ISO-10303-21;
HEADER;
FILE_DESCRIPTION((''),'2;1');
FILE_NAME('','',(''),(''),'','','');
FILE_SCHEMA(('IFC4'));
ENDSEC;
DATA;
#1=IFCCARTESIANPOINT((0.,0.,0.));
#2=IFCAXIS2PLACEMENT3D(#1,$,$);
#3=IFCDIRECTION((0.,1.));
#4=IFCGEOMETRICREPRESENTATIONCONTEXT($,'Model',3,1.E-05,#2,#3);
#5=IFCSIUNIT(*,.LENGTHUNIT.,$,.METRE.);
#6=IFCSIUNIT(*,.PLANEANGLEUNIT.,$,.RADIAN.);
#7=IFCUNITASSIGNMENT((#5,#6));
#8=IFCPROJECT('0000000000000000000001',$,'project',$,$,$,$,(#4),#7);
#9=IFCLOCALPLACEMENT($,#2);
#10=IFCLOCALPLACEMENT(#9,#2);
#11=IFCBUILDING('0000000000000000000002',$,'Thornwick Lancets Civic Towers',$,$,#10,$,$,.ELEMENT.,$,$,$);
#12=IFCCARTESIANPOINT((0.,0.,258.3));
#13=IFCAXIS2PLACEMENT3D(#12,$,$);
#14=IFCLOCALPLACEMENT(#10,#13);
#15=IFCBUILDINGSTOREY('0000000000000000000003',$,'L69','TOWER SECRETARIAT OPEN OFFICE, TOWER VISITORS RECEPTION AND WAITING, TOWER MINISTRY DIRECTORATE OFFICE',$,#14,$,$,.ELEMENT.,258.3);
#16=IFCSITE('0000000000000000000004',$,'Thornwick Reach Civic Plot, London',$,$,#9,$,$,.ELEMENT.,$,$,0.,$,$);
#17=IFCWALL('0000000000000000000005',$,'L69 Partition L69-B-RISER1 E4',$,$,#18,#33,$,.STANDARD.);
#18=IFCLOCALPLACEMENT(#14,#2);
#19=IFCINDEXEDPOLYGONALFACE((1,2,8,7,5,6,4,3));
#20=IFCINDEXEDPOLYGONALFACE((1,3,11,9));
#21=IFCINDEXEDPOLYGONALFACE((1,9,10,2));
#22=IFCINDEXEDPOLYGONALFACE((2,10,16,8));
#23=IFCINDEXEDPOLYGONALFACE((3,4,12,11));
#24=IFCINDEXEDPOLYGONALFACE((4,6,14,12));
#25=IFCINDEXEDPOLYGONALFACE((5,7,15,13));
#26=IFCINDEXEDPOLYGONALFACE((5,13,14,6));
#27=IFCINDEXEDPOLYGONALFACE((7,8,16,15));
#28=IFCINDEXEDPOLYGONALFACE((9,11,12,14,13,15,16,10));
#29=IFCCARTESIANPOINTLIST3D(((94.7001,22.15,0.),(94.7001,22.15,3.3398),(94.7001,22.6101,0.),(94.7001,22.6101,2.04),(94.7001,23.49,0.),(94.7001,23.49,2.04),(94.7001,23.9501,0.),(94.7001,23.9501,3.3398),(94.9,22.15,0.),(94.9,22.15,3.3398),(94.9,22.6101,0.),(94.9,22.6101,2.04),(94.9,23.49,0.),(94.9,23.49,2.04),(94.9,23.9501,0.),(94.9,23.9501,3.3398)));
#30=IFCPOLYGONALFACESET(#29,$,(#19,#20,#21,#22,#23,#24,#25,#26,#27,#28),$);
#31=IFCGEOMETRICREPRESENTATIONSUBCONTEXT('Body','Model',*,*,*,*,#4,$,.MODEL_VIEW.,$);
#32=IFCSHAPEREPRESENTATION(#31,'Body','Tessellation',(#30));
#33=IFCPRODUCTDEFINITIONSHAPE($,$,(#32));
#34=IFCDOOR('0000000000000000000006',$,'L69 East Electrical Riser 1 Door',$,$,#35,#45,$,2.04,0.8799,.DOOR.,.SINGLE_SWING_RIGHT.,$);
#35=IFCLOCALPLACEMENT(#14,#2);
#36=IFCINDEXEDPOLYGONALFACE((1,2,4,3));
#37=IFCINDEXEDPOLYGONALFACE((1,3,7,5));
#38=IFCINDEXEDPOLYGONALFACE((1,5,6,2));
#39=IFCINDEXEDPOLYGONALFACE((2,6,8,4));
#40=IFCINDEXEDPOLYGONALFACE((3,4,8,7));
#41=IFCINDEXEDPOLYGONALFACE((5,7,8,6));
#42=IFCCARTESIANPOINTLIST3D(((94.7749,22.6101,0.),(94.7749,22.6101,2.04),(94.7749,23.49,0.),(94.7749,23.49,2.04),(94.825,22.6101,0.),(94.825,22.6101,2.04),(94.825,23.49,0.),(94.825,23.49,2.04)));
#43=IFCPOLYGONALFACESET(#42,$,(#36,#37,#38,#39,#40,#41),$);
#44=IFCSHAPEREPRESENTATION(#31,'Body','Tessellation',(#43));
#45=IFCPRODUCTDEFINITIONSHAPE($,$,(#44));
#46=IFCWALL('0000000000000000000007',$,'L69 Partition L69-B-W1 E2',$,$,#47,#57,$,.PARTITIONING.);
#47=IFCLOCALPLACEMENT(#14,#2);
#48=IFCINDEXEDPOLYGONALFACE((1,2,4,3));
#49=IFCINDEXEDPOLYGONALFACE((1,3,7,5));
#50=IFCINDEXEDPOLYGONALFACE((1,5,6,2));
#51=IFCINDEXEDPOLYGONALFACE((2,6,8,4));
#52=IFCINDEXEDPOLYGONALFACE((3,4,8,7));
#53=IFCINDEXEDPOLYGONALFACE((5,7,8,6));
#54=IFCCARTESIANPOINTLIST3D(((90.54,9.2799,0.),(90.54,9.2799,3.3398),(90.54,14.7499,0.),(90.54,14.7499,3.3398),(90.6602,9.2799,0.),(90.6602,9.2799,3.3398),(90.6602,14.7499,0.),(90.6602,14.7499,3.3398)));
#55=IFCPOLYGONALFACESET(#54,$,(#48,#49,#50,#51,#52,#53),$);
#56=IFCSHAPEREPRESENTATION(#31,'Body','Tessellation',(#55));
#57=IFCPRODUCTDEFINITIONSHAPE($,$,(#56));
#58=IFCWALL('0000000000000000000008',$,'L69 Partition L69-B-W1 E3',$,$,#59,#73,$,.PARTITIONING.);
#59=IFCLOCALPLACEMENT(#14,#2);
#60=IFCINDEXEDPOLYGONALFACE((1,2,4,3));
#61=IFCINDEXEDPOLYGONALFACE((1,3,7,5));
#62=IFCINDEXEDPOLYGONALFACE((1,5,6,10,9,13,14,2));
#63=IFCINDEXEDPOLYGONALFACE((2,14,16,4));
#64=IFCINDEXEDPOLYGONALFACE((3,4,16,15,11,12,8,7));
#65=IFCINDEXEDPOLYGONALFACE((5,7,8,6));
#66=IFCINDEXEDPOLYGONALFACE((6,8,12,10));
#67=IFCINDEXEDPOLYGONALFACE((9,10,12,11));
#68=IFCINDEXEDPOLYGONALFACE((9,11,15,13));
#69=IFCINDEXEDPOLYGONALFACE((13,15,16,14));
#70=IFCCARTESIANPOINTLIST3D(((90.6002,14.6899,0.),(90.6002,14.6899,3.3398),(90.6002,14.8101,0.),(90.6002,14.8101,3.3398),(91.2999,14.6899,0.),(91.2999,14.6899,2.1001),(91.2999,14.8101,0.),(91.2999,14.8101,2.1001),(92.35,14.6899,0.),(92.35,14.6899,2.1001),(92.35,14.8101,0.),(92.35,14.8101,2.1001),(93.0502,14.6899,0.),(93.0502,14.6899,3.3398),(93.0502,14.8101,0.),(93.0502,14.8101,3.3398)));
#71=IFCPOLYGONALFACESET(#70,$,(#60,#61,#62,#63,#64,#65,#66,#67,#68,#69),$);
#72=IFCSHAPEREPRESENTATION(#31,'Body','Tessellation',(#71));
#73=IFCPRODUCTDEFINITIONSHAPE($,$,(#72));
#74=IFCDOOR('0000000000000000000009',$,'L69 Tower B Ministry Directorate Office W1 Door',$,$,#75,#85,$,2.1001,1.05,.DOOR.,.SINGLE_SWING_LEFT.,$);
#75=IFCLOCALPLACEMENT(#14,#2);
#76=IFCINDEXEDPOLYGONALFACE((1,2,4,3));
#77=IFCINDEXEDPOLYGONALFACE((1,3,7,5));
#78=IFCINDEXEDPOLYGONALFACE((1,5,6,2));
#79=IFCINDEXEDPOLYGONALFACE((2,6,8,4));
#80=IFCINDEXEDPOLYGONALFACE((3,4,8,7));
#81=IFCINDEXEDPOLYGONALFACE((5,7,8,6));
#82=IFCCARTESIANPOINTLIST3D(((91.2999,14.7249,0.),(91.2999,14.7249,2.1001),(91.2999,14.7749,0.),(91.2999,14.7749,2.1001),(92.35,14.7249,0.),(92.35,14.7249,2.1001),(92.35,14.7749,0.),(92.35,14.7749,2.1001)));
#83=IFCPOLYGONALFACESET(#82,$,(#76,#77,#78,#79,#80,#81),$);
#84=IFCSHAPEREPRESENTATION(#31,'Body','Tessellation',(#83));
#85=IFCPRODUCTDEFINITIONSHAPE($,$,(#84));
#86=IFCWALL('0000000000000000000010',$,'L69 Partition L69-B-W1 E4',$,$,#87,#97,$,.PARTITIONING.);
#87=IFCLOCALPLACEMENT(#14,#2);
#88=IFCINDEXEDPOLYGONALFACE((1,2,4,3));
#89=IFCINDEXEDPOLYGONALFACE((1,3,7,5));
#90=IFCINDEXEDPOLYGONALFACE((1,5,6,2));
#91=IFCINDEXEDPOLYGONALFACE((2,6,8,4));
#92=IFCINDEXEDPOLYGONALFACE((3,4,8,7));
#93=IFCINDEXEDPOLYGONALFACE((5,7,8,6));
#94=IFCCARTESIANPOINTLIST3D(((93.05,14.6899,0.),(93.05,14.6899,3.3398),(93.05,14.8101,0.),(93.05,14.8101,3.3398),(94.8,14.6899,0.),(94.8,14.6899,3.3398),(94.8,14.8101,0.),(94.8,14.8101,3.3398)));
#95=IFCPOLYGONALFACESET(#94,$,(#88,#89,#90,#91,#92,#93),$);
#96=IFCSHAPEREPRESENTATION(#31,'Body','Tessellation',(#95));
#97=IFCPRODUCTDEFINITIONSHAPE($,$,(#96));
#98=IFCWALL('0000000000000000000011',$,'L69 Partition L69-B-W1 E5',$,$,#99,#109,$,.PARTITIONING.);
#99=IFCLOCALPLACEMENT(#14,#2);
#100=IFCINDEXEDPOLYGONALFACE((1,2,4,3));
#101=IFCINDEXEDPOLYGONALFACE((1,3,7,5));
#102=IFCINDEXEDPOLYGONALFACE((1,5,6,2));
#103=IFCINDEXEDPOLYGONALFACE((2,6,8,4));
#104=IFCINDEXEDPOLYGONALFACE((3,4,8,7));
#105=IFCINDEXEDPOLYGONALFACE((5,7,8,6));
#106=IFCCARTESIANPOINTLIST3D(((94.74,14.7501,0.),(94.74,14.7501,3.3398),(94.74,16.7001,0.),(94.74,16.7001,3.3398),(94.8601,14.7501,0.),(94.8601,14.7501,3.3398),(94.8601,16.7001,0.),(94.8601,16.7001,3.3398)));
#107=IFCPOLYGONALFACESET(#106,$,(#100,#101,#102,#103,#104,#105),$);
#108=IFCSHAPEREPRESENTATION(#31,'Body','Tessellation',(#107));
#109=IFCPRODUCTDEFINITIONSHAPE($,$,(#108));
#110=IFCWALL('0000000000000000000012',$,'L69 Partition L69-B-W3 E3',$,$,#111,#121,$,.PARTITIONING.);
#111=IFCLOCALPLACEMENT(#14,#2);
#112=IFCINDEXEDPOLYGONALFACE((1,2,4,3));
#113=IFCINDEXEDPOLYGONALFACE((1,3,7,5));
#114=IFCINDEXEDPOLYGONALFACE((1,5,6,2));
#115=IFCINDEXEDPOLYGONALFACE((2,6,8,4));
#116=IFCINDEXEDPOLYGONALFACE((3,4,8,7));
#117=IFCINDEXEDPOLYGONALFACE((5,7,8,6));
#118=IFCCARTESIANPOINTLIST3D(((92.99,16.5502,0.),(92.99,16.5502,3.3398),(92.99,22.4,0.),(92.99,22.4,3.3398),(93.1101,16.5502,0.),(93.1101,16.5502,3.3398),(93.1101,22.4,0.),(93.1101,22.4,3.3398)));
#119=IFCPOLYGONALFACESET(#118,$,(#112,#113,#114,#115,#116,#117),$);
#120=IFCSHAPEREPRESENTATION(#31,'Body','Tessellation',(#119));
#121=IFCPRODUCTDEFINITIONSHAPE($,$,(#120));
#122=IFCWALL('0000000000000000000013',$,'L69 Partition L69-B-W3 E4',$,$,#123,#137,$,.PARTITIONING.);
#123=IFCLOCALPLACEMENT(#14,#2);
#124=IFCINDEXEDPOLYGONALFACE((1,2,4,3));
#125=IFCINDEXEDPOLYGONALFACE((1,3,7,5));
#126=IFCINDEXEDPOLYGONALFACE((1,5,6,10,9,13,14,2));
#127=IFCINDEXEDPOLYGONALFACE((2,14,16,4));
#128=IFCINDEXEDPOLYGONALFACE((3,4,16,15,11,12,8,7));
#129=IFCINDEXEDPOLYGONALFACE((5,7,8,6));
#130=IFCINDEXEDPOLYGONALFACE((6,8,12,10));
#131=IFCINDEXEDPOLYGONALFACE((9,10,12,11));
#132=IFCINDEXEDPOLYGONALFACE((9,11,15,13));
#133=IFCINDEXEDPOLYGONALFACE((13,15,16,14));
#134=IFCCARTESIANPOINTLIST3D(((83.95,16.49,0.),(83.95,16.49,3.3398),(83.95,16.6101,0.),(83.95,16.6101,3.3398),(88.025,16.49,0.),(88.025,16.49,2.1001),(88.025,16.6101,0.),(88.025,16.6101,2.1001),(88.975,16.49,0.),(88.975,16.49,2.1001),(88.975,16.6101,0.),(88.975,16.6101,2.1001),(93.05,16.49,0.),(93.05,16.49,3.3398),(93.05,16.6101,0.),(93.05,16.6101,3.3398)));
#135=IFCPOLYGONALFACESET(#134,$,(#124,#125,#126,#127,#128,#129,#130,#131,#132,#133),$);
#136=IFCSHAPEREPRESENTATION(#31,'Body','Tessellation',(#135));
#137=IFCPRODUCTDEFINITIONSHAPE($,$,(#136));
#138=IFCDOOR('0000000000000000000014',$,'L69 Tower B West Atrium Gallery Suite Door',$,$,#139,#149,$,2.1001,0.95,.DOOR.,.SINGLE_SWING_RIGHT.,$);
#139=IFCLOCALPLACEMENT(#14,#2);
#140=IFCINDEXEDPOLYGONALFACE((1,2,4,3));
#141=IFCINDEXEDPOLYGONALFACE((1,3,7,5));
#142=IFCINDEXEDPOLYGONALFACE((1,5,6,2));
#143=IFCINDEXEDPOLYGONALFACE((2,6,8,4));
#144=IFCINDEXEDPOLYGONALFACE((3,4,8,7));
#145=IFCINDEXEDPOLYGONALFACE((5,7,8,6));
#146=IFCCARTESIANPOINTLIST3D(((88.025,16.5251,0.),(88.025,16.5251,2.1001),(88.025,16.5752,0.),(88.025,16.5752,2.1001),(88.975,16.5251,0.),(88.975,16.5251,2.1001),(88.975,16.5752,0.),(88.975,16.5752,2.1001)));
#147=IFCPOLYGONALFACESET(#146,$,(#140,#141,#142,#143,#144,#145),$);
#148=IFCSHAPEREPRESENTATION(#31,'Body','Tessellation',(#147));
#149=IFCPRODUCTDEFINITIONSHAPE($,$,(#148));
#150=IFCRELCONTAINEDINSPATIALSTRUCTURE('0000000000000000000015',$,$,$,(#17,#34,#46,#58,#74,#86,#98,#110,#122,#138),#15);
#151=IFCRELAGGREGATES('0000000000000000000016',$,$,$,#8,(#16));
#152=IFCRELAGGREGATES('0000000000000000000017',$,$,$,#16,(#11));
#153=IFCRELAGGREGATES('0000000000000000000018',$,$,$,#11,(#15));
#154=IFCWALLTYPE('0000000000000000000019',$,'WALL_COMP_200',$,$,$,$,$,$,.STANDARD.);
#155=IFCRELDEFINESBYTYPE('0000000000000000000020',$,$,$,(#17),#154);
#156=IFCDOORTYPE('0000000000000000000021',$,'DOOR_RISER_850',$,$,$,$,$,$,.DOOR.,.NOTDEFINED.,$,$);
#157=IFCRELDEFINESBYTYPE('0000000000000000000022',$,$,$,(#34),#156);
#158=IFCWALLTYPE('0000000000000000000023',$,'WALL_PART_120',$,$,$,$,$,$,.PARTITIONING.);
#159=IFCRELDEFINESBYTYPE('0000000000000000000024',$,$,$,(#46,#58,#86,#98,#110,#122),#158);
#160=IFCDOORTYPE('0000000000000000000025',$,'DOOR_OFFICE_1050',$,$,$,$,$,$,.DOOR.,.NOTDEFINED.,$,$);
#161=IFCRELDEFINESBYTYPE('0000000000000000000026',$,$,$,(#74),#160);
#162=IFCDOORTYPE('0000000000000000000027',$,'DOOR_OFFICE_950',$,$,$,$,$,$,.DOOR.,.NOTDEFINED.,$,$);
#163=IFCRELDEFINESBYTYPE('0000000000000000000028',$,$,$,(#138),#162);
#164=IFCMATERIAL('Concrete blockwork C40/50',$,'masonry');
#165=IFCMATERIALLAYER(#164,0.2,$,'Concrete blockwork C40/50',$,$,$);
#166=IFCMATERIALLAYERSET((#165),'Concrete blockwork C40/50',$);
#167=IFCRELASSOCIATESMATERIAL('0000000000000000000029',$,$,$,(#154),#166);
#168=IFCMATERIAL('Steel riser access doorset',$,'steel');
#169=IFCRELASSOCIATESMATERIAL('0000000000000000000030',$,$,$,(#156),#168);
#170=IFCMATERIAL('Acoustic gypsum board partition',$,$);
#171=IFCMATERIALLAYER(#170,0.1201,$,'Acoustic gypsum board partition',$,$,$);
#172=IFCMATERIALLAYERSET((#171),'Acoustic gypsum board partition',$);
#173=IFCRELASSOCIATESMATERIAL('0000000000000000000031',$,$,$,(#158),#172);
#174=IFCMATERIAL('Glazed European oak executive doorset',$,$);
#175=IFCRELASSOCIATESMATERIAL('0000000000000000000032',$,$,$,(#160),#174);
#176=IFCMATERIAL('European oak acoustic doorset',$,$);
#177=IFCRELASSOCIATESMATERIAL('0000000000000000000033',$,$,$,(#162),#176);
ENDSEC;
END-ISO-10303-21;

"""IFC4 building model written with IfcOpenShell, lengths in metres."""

from ifc_helpers import new_model, si_unit, direction, frame, frame_2d, origin, place, context, subcontext, project, spatial, rectangle, extrude, material, layer, layer_set, type_object, element, fill, save


model = new_model("IFC4")

# Units and contexts
model_context = context("Model", 3, precision=1e-05, world=origin(), true_north=direction((0.0, 1.0)))
body_context = subcontext(model_context, "Body", "Model", "MODEL_VIEW")
ifc_project = project(units=[si_unit("LENGTHUNIT", "METRE"), si_unit("PLANEANGLEUNIT", "RADIAN")], contexts=[model_context])

# Site, building, storey
site_placement = place(None, origin())
site = spatial("IfcSite", under=ifc_project, at=site_placement, Name="Thornwick Reach Civic Plot, London", CompositionType="ELEMENT", RefElevation=0.0)
building_placement = place(site_placement, origin())
building = spatial("IfcBuilding", under=site, at=building_placement, Name="Thornwick Lancets Civic Towers", CompositionType="ELEMENT")
storey_placement = place(building_placement, frame((0.0, 0.0, 258.3)))
storey = spatial("IfcBuildingStorey", under=building, at=storey_placement, Name="L69", Description="TOWER SECRETARIAT OPEN OFFICE, TOWER VISITORS RECEPTION AND WAITING, TOWER MINISTRY DIRECTORATE OFFICE", CompositionType="ELEMENT", Elevation=258.3)

# Shared definitions
ifc_material_1 = material(Name="Concrete blockwork C40/50", Category="masonry")
ifc_layer_1 = layer(ifc_material_1, 0.2, Name="Concrete blockwork C40/50")
ifc_layer_set_1 = layer_set([ifc_layer_1], Name="Concrete blockwork C40/50")
wall_type_1 = type_object("IfcWallType", Name="WALL_COMP_200", PredefinedType="STANDARD", material=ifc_layer_set_1)

# Wall, opening, door
wall_1_placement = place(storey_placement, frame((94.8, 23.95, 0.0), z_axis=(0.0, 0.0, 1.0), x_axis=(0.0, -1.0, 0.0)))
wall_1 = element("IfcWall", 1, at=wall_1_placement, inside=storey, type_object=wall_type_1, Name="L69 Partition L69-B-RISER1 E4", PredefinedType="STANDARD", context=body_context, shape_type="SweptSolid", body=[
    extrude(rectangle(XDim=1.8, YDim=0.2, at=frame_2d((0.8999, 0.0))), origin(), (0.0, 0.0, 1.0), 3.3398),
])
opening_1_placement = place(wall_1_placement, frame((0.46, 0.0, 0.0)))
opening_1 = element("IfcOpeningElement", 2, at=opening_1_placement, cuts=wall_1, PredefinedType="OPENING", context=body_context, shape_type="SweptSolid", body=[
    extrude(rectangle(XDim=0.8799, YDim=2.04, at=frame_2d((0.4399, 1.02))), frame((0.0, 0.1099, 0.0), z_axis=(0.0, -1.0, 0.0), x_axis=(1.0, 0.0, 0.0)), (0.0, 0.0, 1.0), 0.22),
])
ifc_material_2 = material(Name="Steel riser access doorset", Category="steel")
door_type_1 = type_object("IfcDoorType", Name="DOOR_RISER_850", OperationType="NOTDEFINED", PredefinedType="DOOR", material=ifc_material_2)
door_1_placement = place(opening_1_placement, origin())
door_1 = element("IfcDoor", 3, at=door_1_placement, inside=storey, type_object=door_type_1, Name="L69 East Electrical Riser 1 Door", OperationType="SINGLE_SWING_RIGHT", OverallHeight=2.04, OverallWidth=0.8799, PredefinedType="DOOR", context=body_context, shape_type="SweptSolid", body=[
    extrude(rectangle(XDim=0.8799, YDim=2.04, at=frame_2d((0.4399, 1.02))), frame((0.0, 0.0249, 0.0), z_axis=(0.0, -1.0, 0.0), x_axis=(1.0, 0.0, 0.0)), (0.0, 0.0, 1.0), 0.05),
])
fill(opening_1, door_1)

# Wall
ifc_material_3 = material(Name="Acoustic gypsum board partition")
ifc_layer_2 = layer(ifc_material_3, 0.1201, Name="Acoustic gypsum board partition")
ifc_layer_set_2 = layer_set([ifc_layer_2], Name="Acoustic gypsum board partition")
wall_type_2 = type_object("IfcWallType", Name="WALL_PART_120", PredefinedType="PARTITIONING", material=ifc_layer_set_2)
wall_2_placement = place(storey_placement, frame((90.6001, 9.28, 0.0), z_axis=(0.0, 0.0, 1.0), x_axis=(0.0, 1.0, 0.0)))
element("IfcWall", 4, at=wall_2_placement, inside=storey, type_object=wall_type_2, Name="L69 Partition L69-B-W1 E2", PredefinedType="PARTITIONING", context=body_context, shape_type="SweptSolid", body=[
    extrude(rectangle(XDim=5.47, YDim=0.1201, at=frame_2d((2.7349, 0.0))), origin(), (0.0, 0.0, 1.0), 3.3398),
])

# Wall, opening, door
wall_3_placement = place(storey_placement, frame((90.6001, 14.75, 0.0), z_axis=(0.0, 0.0, 1.0), x_axis=(1.0, 0.0, 0.0)))
wall_3 = element("IfcWall", 5, at=wall_3_placement, inside=storey, type_object=wall_type_2, Name="L69 Partition L69-B-W1 E3", PredefinedType="PARTITIONING", context=body_context, shape_type="SweptSolid", body=[
    extrude(rectangle(XDim=2.45, YDim=0.1201, at=frame_2d((1.2251, 0.0))), origin(), (0.0, 0.0, 1.0), 3.3398),
])
opening_2_placement = place(wall_3_placement, frame((0.7, 0.0, 0.0)))
opening_2 = element("IfcOpeningElement", 6, at=opening_2_placement, cuts=wall_3, PredefinedType="OPENING", context=body_context, shape_type="SweptSolid", body=[
    extrude(rectangle(XDim=1.05, YDim=2.1001, at=frame_2d((0.5249, 1.05))), frame((0.0, 0.0701, 0.0), z_axis=(0.0, -1.0, 0.0), x_axis=(1.0, 0.0, 0.0)), (0.0, 0.0, 1.0), 0.1401),
])
ifc_material_4 = material(Name="Glazed European oak executive doorset")
door_type_2 = type_object("IfcDoorType", Name="DOOR_OFFICE_1050", OperationType="NOTDEFINED", PredefinedType="DOOR", material=ifc_material_4)
door_2_placement = place(opening_2_placement, origin())
door_2 = element("IfcDoor", 7, at=door_2_placement, inside=storey, type_object=door_type_2, Name="L69 Tower B Ministry Directorate Office W1 Door", OperationType="SINGLE_SWING_LEFT", OverallHeight=2.1001, OverallWidth=1.05, PredefinedType="DOOR", context=body_context, shape_type="SweptSolid", body=[
    extrude(rectangle(XDim=1.05, YDim=2.1001, at=frame_2d((0.5249, 1.05))), frame((0.0, 0.0249, 0.0), z_axis=(0.0, -1.0, 0.0), x_axis=(1.0, 0.0, 0.0)), (0.0, 0.0, 1.0), 0.05),
])
fill(opening_2, door_2)

# Walls
wall_4_placement = place(storey_placement, frame((93.05, 14.75, 0.0), z_axis=(0.0, 0.0, 1.0), x_axis=(1.0, 0.0, 0.0)))
element("IfcWall", 8, at=wall_4_placement, inside=storey, type_object=wall_type_2, Name="L69 Partition L69-B-W1 E4", PredefinedType="PARTITIONING", context=body_context, shape_type="SweptSolid", body=[
    extrude(rectangle(XDim=1.75, YDim=0.1201, at=frame_2d((0.875, 0.0))), origin(), (0.0, 0.0, 1.0), 3.3398),
])
wall_5_placement = place(storey_placement, frame((94.8, 14.75, 0.0), z_axis=(0.0, 0.0, 1.0), x_axis=(0.0, 1.0, 0.0)))
element("IfcWall", 9, at=wall_5_placement, inside=storey, type_object=wall_type_2, Name="L69 Partition L69-B-W1 E5", PredefinedType="PARTITIONING", context=body_context, shape_type="SweptSolid", body=[
    extrude(rectangle(XDim=1.95, YDim=0.1201, at=frame_2d((0.9751, 0.0))), origin(), (0.0, 0.0, 1.0), 3.3398),
])
wall_6_placement = place(storey_placement, frame((93.05, 22.3999, 0.0), z_axis=(0.0, 0.0, 1.0), x_axis=(0.0, -1.0, 0.0)))
element("IfcWall", 10, at=wall_6_placement, inside=storey, type_object=wall_type_2, Name="L69 Partition L69-B-W3 E3", PredefinedType="PARTITIONING", context=body_context, shape_type="SweptSolid", body=[
    extrude(rectangle(XDim=5.8499, YDim=0.1201, at=frame_2d((2.9248, 0.0))), origin(), (0.0, 0.0, 1.0), 3.3398),
])

# Wall, opening, door
wall_7_placement = place(storey_placement, frame((93.05, 16.55, 0.0), z_axis=(0.0, 0.0, 1.0), x_axis=(-1.0, 0.0, 0.0)))
wall_7 = element("IfcWall", 11, at=wall_7_placement, inside=storey, type_object=wall_type_2, Name="L69 Partition L69-B-W3 E4", PredefinedType="PARTITIONING", context=body_context, shape_type="SweptSolid", body=[
    extrude(rectangle(XDim=9.1001, YDim=0.1201, at=frame_2d((4.55, 0.0))), origin(), (0.0, 0.0, 1.0), 3.3398),
])
opening_3_placement = place(wall_7_placement, frame((4.075, 0.0, 0.0)))
opening_3 = element("IfcOpeningElement", 12, at=opening_3_placement, cuts=wall_7, PredefinedType="OPENING", context=body_context, shape_type="SweptSolid", body=[
    extrude(rectangle(XDim=0.95, YDim=2.1001, at=frame_2d((0.4751, 1.05))), frame((0.0, 0.0701, 0.0), z_axis=(0.0, -1.0, 0.0), x_axis=(1.0, 0.0, 0.0)), (0.0, 0.0, 1.0), 0.1401),
])
ifc_material_5 = material(Name="European oak acoustic doorset")
door_type_3 = type_object("IfcDoorType", Name="DOOR_OFFICE_950", OperationType="NOTDEFINED", PredefinedType="DOOR", material=ifc_material_5)
door_3_placement = place(opening_3_placement, origin())
door_3 = element("IfcDoor", 13, at=door_3_placement, inside=storey, type_object=door_type_3, Name="L69 Tower B West Atrium Gallery Suite Door", OperationType="SINGLE_SWING_RIGHT", OverallHeight=2.1001, OverallWidth=0.95, PredefinedType="DOOR", context=body_context, shape_type="SweptSolid", body=[
    extrude(rectangle(XDim=0.95, YDim=2.1001, at=frame_2d((0.4751, 1.05))), frame((0.0, 0.0249, 0.0), z_axis=(0.0, -1.0, 0.0), x_axis=(1.0, 0.0, 0.0)), (0.0, 0.0, 1.0), 0.05),
])
fill(opening_3, door_3)

save(model, "model.ifc")
